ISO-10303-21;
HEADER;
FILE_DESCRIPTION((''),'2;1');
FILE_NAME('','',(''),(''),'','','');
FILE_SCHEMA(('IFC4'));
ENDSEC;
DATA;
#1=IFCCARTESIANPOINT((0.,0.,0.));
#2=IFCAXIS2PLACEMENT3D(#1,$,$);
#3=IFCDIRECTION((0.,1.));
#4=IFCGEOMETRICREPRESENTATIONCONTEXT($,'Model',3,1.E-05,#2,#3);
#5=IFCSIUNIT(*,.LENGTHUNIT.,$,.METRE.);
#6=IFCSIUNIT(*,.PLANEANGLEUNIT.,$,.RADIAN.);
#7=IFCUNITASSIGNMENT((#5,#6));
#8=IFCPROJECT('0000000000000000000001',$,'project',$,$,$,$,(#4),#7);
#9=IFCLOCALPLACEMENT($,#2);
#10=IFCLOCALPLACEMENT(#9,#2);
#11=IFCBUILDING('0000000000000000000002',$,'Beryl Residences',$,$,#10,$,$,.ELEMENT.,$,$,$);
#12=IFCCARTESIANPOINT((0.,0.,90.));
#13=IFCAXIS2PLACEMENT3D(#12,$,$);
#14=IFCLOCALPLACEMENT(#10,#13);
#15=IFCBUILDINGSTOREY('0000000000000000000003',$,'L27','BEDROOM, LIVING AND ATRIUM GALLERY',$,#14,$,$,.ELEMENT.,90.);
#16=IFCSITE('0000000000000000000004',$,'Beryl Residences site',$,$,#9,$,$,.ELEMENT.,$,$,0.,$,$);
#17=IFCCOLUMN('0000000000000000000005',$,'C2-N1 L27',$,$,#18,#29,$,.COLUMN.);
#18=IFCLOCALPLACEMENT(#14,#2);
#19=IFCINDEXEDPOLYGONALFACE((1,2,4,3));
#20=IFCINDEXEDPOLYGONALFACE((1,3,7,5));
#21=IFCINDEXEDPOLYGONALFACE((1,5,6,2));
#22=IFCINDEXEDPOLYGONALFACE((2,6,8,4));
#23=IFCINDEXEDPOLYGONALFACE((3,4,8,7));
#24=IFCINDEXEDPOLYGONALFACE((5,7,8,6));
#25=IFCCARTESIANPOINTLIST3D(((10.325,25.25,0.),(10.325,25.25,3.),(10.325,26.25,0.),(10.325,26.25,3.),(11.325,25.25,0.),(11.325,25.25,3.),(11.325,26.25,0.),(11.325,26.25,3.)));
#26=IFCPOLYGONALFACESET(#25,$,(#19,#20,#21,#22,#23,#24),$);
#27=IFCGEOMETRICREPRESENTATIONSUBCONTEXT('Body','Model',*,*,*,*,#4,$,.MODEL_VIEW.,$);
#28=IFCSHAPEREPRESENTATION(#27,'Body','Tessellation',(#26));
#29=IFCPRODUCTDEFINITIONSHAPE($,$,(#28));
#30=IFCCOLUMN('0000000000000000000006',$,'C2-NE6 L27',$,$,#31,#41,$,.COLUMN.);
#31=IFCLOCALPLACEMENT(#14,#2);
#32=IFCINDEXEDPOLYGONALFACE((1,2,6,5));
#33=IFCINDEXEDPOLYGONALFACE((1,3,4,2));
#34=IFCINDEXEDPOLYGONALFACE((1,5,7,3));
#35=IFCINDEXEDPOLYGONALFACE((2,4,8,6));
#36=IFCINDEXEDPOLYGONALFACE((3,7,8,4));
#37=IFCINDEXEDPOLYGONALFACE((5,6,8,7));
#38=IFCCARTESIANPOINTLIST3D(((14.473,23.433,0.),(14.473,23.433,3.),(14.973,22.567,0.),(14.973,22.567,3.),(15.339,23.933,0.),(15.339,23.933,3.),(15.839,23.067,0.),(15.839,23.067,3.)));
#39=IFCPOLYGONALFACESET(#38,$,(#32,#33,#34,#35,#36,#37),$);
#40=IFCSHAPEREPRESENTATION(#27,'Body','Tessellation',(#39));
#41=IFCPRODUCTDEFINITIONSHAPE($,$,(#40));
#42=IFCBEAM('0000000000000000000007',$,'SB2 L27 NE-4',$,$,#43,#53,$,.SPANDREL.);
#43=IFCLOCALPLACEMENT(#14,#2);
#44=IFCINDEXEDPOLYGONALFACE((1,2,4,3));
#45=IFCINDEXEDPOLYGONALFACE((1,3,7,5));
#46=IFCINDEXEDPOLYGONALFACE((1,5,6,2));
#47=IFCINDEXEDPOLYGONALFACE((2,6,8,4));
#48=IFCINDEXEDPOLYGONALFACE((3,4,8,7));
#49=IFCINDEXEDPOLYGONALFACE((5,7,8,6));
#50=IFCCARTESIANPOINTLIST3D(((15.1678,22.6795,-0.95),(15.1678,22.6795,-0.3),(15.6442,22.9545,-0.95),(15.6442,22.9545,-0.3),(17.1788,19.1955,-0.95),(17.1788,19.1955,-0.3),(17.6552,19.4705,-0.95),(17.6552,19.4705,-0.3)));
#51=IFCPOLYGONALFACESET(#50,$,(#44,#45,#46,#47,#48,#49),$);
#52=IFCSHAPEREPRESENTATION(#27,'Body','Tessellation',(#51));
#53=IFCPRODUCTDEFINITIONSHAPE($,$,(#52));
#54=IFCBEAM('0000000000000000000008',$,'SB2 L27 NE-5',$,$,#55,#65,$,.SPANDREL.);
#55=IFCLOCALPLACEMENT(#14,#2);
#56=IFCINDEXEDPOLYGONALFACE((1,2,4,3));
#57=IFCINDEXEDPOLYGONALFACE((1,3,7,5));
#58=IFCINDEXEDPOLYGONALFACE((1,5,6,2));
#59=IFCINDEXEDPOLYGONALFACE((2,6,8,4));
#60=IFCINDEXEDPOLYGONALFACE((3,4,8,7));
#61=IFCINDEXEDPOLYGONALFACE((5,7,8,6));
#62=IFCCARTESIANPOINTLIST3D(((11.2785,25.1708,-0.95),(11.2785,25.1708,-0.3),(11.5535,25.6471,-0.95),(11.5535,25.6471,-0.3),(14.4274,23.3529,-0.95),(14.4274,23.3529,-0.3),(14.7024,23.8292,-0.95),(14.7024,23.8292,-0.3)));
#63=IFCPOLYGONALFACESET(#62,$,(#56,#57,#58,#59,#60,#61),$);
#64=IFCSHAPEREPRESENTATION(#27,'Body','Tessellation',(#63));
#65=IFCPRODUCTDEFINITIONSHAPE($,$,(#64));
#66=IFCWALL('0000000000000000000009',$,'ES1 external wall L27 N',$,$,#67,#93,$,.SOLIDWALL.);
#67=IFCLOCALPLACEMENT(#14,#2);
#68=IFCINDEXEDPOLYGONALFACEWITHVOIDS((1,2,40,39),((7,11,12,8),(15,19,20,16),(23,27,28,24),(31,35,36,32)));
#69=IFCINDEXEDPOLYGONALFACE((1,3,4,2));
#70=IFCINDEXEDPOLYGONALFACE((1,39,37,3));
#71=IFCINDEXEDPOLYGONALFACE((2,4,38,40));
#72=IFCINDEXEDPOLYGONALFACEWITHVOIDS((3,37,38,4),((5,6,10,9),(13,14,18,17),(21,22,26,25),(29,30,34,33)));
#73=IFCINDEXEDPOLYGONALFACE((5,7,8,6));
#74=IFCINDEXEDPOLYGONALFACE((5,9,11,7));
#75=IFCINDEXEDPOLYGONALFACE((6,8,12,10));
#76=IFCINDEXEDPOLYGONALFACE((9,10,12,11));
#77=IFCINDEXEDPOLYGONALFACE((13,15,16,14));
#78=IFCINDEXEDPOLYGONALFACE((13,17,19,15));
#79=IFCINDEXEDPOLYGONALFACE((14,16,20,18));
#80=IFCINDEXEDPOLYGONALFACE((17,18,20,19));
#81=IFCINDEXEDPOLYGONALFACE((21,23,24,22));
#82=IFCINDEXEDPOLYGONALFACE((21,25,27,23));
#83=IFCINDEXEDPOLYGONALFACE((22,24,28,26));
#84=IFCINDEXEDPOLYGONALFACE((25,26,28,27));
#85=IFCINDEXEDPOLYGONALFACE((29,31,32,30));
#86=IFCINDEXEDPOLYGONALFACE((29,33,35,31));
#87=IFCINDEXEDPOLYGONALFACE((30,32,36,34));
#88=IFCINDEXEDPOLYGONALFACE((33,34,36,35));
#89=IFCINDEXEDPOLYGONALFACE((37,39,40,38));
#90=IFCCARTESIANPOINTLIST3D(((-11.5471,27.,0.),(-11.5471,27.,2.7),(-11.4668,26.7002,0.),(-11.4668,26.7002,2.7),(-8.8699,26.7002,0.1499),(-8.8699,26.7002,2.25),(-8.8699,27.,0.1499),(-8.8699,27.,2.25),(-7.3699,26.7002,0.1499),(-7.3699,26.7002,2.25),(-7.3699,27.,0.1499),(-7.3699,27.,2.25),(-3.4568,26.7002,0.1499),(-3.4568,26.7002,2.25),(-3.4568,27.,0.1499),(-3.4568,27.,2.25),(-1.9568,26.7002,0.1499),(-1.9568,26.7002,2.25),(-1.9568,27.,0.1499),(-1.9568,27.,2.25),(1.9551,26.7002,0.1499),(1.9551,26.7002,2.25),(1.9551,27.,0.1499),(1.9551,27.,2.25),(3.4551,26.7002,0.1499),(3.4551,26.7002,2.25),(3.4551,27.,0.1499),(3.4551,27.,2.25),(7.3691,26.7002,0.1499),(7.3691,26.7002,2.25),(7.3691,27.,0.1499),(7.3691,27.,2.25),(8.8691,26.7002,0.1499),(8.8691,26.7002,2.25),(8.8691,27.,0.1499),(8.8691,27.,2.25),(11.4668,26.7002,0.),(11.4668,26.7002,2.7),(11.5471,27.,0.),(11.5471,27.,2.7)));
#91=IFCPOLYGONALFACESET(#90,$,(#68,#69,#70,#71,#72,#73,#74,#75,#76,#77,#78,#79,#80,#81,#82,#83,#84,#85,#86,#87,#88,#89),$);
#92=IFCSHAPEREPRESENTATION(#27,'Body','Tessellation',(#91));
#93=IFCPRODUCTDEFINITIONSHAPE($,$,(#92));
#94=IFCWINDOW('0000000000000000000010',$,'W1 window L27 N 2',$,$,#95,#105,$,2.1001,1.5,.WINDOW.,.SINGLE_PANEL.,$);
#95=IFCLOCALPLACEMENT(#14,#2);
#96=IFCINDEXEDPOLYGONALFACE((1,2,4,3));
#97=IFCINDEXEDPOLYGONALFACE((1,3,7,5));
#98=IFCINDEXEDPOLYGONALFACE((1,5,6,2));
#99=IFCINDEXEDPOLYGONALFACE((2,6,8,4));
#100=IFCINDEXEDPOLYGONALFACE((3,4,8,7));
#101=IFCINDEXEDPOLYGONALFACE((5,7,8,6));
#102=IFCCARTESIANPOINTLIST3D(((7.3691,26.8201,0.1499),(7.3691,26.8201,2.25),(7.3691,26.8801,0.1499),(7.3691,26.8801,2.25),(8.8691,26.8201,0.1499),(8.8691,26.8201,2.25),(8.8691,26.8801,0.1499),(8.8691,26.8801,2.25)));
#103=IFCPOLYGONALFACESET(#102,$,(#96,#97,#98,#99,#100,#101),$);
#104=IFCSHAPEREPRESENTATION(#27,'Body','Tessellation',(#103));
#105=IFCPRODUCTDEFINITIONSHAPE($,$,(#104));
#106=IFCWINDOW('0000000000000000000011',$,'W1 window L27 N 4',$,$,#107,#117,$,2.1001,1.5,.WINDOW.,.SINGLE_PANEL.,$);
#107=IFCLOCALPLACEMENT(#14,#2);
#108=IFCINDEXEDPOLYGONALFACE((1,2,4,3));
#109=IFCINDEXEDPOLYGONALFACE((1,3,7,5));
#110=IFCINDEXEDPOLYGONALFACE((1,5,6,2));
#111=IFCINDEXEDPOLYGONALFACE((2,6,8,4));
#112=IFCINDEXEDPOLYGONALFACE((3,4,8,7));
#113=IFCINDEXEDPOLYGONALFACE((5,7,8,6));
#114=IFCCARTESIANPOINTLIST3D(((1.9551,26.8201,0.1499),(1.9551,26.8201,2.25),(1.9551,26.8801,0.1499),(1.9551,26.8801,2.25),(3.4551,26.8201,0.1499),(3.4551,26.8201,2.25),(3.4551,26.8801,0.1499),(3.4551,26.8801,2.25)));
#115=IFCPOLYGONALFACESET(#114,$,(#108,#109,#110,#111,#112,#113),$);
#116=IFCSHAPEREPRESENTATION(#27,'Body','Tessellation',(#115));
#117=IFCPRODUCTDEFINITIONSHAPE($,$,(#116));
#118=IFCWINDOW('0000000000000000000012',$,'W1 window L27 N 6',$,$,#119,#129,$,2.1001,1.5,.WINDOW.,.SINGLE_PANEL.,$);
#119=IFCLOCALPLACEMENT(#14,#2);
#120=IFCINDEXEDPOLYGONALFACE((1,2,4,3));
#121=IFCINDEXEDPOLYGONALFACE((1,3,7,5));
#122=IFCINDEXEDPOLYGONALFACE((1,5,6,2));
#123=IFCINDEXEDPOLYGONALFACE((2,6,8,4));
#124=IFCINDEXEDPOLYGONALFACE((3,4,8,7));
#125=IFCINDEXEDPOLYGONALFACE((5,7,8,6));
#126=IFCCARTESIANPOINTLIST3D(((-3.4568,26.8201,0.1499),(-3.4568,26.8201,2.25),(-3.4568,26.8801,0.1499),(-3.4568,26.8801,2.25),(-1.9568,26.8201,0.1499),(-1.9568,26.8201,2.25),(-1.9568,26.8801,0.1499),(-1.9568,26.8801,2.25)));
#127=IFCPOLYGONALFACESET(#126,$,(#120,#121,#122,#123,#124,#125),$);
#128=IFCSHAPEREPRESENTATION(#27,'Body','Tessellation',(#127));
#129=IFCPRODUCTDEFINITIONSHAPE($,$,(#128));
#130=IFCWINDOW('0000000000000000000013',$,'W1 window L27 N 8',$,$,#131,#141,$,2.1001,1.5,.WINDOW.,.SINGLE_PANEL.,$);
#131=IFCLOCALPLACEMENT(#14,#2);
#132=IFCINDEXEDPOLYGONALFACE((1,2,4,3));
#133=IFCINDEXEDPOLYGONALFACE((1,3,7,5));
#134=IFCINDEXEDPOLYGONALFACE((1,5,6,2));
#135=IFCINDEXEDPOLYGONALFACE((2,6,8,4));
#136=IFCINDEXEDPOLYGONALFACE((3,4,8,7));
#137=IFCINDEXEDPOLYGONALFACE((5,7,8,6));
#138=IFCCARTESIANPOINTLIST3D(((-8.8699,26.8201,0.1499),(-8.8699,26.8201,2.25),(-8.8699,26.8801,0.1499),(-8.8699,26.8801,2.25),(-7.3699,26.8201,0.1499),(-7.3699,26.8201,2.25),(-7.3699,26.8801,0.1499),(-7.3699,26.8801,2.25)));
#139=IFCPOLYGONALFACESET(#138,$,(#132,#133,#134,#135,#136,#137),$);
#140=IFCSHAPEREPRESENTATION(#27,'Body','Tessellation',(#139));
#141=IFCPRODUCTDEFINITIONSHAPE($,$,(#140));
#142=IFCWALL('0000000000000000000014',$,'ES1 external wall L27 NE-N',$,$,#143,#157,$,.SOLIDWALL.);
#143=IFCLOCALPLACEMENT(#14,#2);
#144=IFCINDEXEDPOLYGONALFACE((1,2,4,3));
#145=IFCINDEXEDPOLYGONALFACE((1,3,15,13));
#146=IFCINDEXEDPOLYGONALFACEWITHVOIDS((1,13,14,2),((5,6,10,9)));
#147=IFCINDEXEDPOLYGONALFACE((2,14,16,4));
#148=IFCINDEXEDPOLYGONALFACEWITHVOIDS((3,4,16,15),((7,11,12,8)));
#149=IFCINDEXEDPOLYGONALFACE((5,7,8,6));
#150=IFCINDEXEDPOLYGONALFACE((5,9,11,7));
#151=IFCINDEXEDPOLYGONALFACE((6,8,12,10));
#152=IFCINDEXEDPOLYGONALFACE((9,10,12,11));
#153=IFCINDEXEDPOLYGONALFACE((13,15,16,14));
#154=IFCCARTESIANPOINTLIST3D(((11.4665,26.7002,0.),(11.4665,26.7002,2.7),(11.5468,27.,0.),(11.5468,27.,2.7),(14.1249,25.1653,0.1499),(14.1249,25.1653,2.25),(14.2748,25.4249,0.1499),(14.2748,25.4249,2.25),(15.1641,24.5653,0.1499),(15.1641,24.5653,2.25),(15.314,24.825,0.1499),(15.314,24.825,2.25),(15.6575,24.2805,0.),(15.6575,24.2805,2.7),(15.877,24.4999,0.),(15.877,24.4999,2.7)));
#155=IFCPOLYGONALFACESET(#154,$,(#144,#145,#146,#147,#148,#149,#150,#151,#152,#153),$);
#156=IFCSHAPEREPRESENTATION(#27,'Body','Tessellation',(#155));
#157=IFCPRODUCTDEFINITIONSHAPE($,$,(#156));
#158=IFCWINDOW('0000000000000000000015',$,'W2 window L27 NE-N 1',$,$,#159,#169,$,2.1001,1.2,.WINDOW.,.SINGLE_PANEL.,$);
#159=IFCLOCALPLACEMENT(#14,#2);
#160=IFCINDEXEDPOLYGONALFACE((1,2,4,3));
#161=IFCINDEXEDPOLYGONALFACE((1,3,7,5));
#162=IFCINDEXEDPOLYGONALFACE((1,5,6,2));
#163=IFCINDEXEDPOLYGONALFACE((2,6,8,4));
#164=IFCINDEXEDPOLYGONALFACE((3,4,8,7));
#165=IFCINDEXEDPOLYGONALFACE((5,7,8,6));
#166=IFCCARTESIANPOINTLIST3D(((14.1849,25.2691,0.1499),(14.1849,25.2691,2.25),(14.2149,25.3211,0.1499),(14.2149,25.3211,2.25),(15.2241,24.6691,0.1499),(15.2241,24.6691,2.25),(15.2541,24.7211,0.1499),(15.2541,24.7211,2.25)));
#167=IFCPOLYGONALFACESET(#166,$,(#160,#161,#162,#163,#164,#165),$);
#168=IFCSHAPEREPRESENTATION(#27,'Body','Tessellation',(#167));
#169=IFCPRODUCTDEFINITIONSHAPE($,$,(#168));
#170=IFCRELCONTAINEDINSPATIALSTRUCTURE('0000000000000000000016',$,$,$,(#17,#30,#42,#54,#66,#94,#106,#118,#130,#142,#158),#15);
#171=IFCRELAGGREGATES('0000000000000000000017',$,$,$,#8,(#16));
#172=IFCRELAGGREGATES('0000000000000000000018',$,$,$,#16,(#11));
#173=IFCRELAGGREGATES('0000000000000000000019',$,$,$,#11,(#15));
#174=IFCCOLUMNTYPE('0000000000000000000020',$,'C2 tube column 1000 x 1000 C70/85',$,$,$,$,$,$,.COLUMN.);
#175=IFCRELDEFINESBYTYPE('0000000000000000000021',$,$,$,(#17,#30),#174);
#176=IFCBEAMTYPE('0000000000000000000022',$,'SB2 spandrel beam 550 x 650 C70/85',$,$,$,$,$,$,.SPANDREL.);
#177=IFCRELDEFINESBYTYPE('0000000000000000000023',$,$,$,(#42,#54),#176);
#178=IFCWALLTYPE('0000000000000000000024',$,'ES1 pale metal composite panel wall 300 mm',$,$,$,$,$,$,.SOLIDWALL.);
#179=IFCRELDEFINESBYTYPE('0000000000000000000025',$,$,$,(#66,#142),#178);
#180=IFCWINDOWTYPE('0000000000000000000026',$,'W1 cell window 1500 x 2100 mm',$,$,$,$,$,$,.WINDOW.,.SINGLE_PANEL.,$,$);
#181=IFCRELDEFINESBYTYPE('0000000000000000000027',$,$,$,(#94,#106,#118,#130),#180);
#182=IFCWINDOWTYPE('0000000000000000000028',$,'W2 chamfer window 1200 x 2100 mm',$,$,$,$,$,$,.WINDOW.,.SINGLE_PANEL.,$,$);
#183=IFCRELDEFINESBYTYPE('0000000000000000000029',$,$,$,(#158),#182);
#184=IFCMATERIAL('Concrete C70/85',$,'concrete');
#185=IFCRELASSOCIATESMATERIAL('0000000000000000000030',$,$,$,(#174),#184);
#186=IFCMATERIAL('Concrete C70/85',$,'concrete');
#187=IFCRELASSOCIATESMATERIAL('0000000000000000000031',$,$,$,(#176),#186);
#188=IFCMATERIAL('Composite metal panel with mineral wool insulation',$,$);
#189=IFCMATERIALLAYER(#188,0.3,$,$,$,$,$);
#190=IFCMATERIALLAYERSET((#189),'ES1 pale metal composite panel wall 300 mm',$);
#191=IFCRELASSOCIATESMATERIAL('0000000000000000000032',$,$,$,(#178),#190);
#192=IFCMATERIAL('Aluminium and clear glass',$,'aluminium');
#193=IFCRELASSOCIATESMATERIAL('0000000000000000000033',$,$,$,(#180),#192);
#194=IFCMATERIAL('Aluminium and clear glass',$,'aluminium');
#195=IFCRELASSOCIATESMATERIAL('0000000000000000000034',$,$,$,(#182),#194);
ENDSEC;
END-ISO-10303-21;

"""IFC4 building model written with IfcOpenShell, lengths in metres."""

from ifc_helpers import new_model, si_unit, direction, frame, frame_2d, origin, origin_2d, place, context, subcontext, project, spatial, polyline, rectangle, outline, extrude, material, layer, layer_set, material_profile, profile_set, type_object, element, fill, save


model = new_model("IFC4")

# Units and contexts
model_context = context("Model", 3, precision=1e-05, world=origin(), true_north=direction((0.0, 1.0)))
body_context = subcontext(model_context, "Body", "Model", "MODEL_VIEW")
ifc_project = project(units=[si_unit("LENGTHUNIT", "METRE"), si_unit("PLANEANGLEUNIT", "RADIAN")], contexts=[model_context])

# Site, building, storey
site_placement = place(None, origin())
site = spatial("IfcSite", under=ifc_project, at=site_placement, Name="Beryl Residences site", CompositionType="ELEMENT", RefElevation=0.0)
building_placement = place(site_placement, origin())
building = spatial("IfcBuilding", under=site, at=building_placement, Name="Beryl Residences", CompositionType="ELEMENT")
storey_placement = place(building_placement, frame((0.0, 0.0, 90.0)))
storey = spatial("IfcBuildingStorey", under=building, at=storey_placement, Name="L27", Description="BEDROOM, LIVING AND ATRIUM GALLERY", CompositionType="ELEMENT", Elevation=90.0)

# Columns
ifc_material_1 = material(Name="Concrete C70/85", Category="concrete")
ifc_material_profile_1 = material_profile(ifc_material_1, rectangle(XDim=1.0, YDim=1.0, at=origin_2d()))
ifc_profile_set_1 = profile_set([ifc_material_profile_1], Name="Concrete C70/85")
column_type = type_object("IfcColumnType", Name="C2 tube column 1000 x 1000 C70/85", PredefinedType="COLUMN", material=ifc_profile_set_1)
for number, where, z_axis, x_axis, name in (
    (1, (10.825, 25.75, 0.0), (0.0, 0.0, 1.0), (-1.0, 0.0, 0.0), "C2-N1 L27"),
    (2, (15.156, 23.25, 0.0), (0.0, 0.0, 1.0), (-0.5, 0.866025, 0.0), "C2-NE6 L27"),
):
    element("IfcColumn", number, at=place(storey_placement, frame(where, z_axis=z_axis, x_axis=x_axis)), inside=storey, type_object=column_type, Name=name, PredefinedType="COLUMN", context=body_context, shape_type="SweptSolid", body=[
        extrude(rectangle(XDim=1.0, YDim=1.0, at=origin_2d()), origin(), (0.0, 0.0, 1.0), 3.0),
    ])

# Beams
ifc_material_2 = material(Name="Concrete C70/85", Category="concrete")
ifc_material_profile_2 = material_profile(ifc_material_2, rectangle(XDim=0.55, YDim=0.6499, at=origin_2d()))
ifc_profile_set_2 = profile_set([ifc_material_profile_2], Name="Concrete C70/85")
beam_type = type_object("IfcBeamType", Name="SB2 spandrel beam 550 x 650 C70/85", PredefinedType="SPANDREL", material=ifc_profile_set_2)
beam_1_placement = place(storey_placement, frame((17.417, 19.333, -0.625), z_axis=(-0.499919, 0.866072, 0.0), x_axis=(-0.866072, -0.499919, 0.0)))
element("IfcBeam", 3, at=beam_1_placement, inside=storey, type_object=beam_type, Name="SB2 L27 NE-4", PredefinedType="SPANDREL", context=body_context, shape_type="SweptSolid", body=[
    extrude(rectangle(XDim=0.55, YDim=0.6499, at=origin_2d()), origin(), (0.0, 0.0, 1.0), 4.0227),
])
beam_2_placement = place(storey_placement, frame((14.5649, 23.5911, -0.625), z_axis=(-0.866045, 0.499967, 0.0), x_axis=(-0.499967, -0.866045, 0.0)))
element("IfcBeam", 4, at=beam_2_placement, inside=storey, type_object=beam_type, Name="SB2 L27 NE-5", PredefinedType="SPANDREL", context=body_context, shape_type="SweptSolid", body=[
    extrude(rectangle(XDim=0.55, YDim=0.6499, at=origin_2d()), origin(), (0.0, 0.0, 1.0), 3.636),
])

# Wall, openings, windows
ifc_material_3 = material(Name="Composite metal panel with mineral wool insulation")
ifc_layer_1 = layer(ifc_material_3, 0.3)
ifc_layer_set_1 = layer_set([ifc_layer_1], Name="ES1 pale metal composite panel wall 300 mm")
wall_type_1 = type_object("IfcWallType", Name="ES1 pale metal composite panel wall 300 mm", PredefinedType="SOLIDWALL", material=ifc_layer_set_1)
wall_1_placement = place(storey_placement, frame((11.5471, 26.8501, 0.0), z_axis=(0.0, 0.0, 1.0), x_axis=(-1.0, 0.0, 0.0)))
wall_1 = element("IfcWall", 5, at=wall_1_placement, inside=storey, type_object=wall_type_1, Name="ES1 external wall L27 N", PredefinedType="SOLIDWALL", context=body_context, shape_type="SweptSolid", body=[
    extrude(outline(polyline([(0.0, -0.1499), (23.0942, -0.1499), (23.0139, 0.1499), (0.0803, 0.1499), (0.0, -0.1499)])), origin(), (0.0, 0.0, 1.0), 2.7),
])
opening_1_placement = place(wall_1_placement, frame((2.678, 0.0, 0.1499)))
opening_1 = element("IfcOpeningElement", 6, at=opening_1_placement, cuts=wall_1, PredefinedType="OPENING", context=body_context, shape_type="SweptSolid", body=[
    extrude(rectangle(XDim=1.5, YDim=2.1001, at=frame_2d((0.75, 1.05))), frame((0.0, 0.1599, 0.0), z_axis=(0.0, -1.0, 0.0), x_axis=(1.0, 0.0, 0.0)), (0.0, 0.0, 1.0), 0.3201),
])
opening_2_placement = place(wall_1_placement, frame((8.092, 0.0, 0.1499)))
opening_2 = element("IfcOpeningElement", 7, at=opening_2_placement, cuts=wall_1, PredefinedType="OPENING", context=body_context, shape_type="SweptSolid", body=[
    extrude(rectangle(XDim=1.5, YDim=2.1001, at=frame_2d((0.75, 1.05))), frame((0.0, 0.1599, 0.0), z_axis=(0.0, -1.0, 0.0), x_axis=(1.0, 0.0, 0.0)), (0.0, 0.0, 1.0), 0.3201),
])
opening_3_placement = place(wall_1_placement, frame((13.5039, 0.0, 0.1499)))
opening_3 = element("IfcOpeningElement", 8, at=opening_3_placement, cuts=wall_1, PredefinedType="OPENING", context=body_context, shape_type="SweptSolid", body=[
    extrude(rectangle(XDim=1.5, YDim=2.1001, at=frame_2d((0.75, 1.05))), frame((0.0, 0.1599, 0.0), z_axis=(0.0, -1.0, 0.0), x_axis=(1.0, 0.0, 0.0)), (0.0, 0.0, 1.0), 0.3201),
])
opening_4_placement = place(wall_1_placement, frame((18.917, 0.0, 0.1499)))
opening_4 = element("IfcOpeningElement", 9, at=opening_4_placement, cuts=wall_1, PredefinedType="OPENING", context=body_context, shape_type="SweptSolid", body=[
    extrude(rectangle(XDim=1.5, YDim=2.1001, at=frame_2d((0.75, 1.05))), frame((0.0, 0.1599, 0.0), z_axis=(0.0, -1.0, 0.0), x_axis=(1.0, 0.0, 0.0)), (0.0, 0.0, 1.0), 0.3201),
])
ifc_material_4 = material(Name="Aluminium and clear glass", Category="aluminium")
window_type_1 = type_object("IfcWindowType", Name="W1 cell window 1500 x 2100 mm", PartitioningType="SINGLE_PANEL", PredefinedType="WINDOW", material=ifc_material_4)
window_1_placement = place(opening_1_placement, origin())
window_1 = element("IfcWindow", 10, at=window_1_placement, inside=storey, type_object=window_type_1, Name="W1 window L27 N 2", OverallHeight=2.1001, OverallWidth=1.5, PartitioningType="SINGLE_PANEL", PredefinedType="WINDOW", context=body_context, shape_type="SweptSolid", body=[
    extrude(rectangle(XDim=1.5, YDim=2.1001, at=frame_2d((0.75, 1.05))), frame((0.0, 0.03, 0.0), z_axis=(0.0, -1.0, 0.0), x_axis=(1.0, 0.0, 0.0)), (0.0, 0.0, 1.0), 0.0601),
])
fill(opening_1, window_1)
window_2_placement = place(opening_2_placement, origin())
window_2 = element("IfcWindow", 11, at=window_2_placement, inside=storey, type_object=window_type_1, Name="W1 window L27 N 4", OverallHeight=2.1001, OverallWidth=1.5, PartitioningType="SINGLE_PANEL", PredefinedType="WINDOW", context=body_context, shape_type="SweptSolid", body=[
    extrude(rectangle(XDim=1.5, YDim=2.1001, at=frame_2d((0.75, 1.05))), frame((0.0, 0.03, 0.0), z_axis=(0.0, -1.0, 0.0), x_axis=(1.0, 0.0, 0.0)), (0.0, 0.0, 1.0), 0.0601),
])
fill(opening_2, window_2)
window_3_placement = place(opening_3_placement, origin())
window_3 = element("IfcWindow", 12, at=window_3_placement, inside=storey, type_object=window_type_1, Name="W1 window L27 N 6", OverallHeight=2.1001, OverallWidth=1.5, PartitioningType="SINGLE_PANEL", PredefinedType="WINDOW", context=body_context, shape_type="SweptSolid", body=[
    extrude(rectangle(XDim=1.5, YDim=2.1001, at=frame_2d((0.75, 1.05))), frame((0.0, 0.03, 0.0), z_axis=(0.0, -1.0, 0.0), x_axis=(1.0, 0.0, 0.0)), (0.0, 0.0, 1.0), 0.0601),
])
fill(opening_3, window_3)
window_4_placement = place(opening_4_placement, origin())
window_4 = element("IfcWindow", 13, at=window_4_placement, inside=storey, type_object=window_type_1, Name="W1 window L27 N 8", OverallHeight=2.1001, OverallWidth=1.5, PartitioningType="SINGLE_PANEL", PredefinedType="WINDOW", context=body_context, shape_type="SweptSolid", body=[
    extrude(rectangle(XDim=1.5, YDim=2.1001, at=frame_2d((0.75, 1.05))), frame((0.0, 0.03, 0.0), z_axis=(0.0, -1.0, 0.0), x_axis=(1.0, 0.0, 0.0)), (0.0, 0.0, 1.0), 0.0601),
])
fill(opening_4, window_4)

# Wall, opening, window
wall_2_placement = place(storey_placement, frame((15.802, 24.3701, 0.0), z_axis=(0.0, 0.0, 1.0), x_axis=(-0.866023, 0.500004, 0.0)))
wall_2 = element("IfcWall", 14, at=wall_2_placement, inside=storey, type_object=wall_type_1, Name="ES1 external wall L27 NE-N", PredefinedType="SOLIDWALL", context=body_context, shape_type="SweptSolid", body=[
    extrude(outline(polyline([(0.0, -0.1499), (5.0, -0.1499), (4.9197, 0.1499), (0.0803, 0.1499), (0.0, -0.1499)])), origin(), (0.0, 0.0, 1.0), 2.7),
])
opening_5_placement = place(wall_2_placement, frame((0.6499, 0.0, 0.1499)))
opening_5 = element("IfcOpeningElement", 15, at=opening_5_placement, cuts=wall_2, PredefinedType="OPENING", context=body_context, shape_type="SweptSolid", body=[
    extrude(rectangle(XDim=1.2, YDim=2.1001, at=frame_2d((0.6001, 1.05))), frame((0.0, 0.1599, 0.0), z_axis=(0.0, -1.0, 0.0), x_axis=(1.0, 0.0, 0.0)), (0.0, 0.0, 1.0), 0.3201),
])
ifc_material_5 = material(Name="Aluminium and clear glass", Category="aluminium")
window_type_2 = type_object("IfcWindowType", Name="W2 chamfer window 1200 x 2100 mm", PartitioningType="SINGLE_PANEL", PredefinedType="WINDOW", material=ifc_material_5)
window_5_placement = place(opening_5_placement, origin())
window_5 = element("IfcWindow", 16, at=window_5_placement, inside=storey, type_object=window_type_2, Name="W2 window L27 NE-N 1", OverallHeight=2.1001, OverallWidth=1.2, PartitioningType="SINGLE_PANEL", PredefinedType="WINDOW", context=body_context, shape_type="SweptSolid", body=[
    extrude(rectangle(XDim=1.2, YDim=2.1001, at=frame_2d((0.6001, 1.05))), frame((0.0, 0.03, 0.0), z_axis=(0.0, -1.0, 0.0), x_axis=(1.0, 0.0, 0.0)), (0.0, 0.0, 1.0), 0.0601),
])
fill(opening_5, window_5)

save(model, "model.ifc")
